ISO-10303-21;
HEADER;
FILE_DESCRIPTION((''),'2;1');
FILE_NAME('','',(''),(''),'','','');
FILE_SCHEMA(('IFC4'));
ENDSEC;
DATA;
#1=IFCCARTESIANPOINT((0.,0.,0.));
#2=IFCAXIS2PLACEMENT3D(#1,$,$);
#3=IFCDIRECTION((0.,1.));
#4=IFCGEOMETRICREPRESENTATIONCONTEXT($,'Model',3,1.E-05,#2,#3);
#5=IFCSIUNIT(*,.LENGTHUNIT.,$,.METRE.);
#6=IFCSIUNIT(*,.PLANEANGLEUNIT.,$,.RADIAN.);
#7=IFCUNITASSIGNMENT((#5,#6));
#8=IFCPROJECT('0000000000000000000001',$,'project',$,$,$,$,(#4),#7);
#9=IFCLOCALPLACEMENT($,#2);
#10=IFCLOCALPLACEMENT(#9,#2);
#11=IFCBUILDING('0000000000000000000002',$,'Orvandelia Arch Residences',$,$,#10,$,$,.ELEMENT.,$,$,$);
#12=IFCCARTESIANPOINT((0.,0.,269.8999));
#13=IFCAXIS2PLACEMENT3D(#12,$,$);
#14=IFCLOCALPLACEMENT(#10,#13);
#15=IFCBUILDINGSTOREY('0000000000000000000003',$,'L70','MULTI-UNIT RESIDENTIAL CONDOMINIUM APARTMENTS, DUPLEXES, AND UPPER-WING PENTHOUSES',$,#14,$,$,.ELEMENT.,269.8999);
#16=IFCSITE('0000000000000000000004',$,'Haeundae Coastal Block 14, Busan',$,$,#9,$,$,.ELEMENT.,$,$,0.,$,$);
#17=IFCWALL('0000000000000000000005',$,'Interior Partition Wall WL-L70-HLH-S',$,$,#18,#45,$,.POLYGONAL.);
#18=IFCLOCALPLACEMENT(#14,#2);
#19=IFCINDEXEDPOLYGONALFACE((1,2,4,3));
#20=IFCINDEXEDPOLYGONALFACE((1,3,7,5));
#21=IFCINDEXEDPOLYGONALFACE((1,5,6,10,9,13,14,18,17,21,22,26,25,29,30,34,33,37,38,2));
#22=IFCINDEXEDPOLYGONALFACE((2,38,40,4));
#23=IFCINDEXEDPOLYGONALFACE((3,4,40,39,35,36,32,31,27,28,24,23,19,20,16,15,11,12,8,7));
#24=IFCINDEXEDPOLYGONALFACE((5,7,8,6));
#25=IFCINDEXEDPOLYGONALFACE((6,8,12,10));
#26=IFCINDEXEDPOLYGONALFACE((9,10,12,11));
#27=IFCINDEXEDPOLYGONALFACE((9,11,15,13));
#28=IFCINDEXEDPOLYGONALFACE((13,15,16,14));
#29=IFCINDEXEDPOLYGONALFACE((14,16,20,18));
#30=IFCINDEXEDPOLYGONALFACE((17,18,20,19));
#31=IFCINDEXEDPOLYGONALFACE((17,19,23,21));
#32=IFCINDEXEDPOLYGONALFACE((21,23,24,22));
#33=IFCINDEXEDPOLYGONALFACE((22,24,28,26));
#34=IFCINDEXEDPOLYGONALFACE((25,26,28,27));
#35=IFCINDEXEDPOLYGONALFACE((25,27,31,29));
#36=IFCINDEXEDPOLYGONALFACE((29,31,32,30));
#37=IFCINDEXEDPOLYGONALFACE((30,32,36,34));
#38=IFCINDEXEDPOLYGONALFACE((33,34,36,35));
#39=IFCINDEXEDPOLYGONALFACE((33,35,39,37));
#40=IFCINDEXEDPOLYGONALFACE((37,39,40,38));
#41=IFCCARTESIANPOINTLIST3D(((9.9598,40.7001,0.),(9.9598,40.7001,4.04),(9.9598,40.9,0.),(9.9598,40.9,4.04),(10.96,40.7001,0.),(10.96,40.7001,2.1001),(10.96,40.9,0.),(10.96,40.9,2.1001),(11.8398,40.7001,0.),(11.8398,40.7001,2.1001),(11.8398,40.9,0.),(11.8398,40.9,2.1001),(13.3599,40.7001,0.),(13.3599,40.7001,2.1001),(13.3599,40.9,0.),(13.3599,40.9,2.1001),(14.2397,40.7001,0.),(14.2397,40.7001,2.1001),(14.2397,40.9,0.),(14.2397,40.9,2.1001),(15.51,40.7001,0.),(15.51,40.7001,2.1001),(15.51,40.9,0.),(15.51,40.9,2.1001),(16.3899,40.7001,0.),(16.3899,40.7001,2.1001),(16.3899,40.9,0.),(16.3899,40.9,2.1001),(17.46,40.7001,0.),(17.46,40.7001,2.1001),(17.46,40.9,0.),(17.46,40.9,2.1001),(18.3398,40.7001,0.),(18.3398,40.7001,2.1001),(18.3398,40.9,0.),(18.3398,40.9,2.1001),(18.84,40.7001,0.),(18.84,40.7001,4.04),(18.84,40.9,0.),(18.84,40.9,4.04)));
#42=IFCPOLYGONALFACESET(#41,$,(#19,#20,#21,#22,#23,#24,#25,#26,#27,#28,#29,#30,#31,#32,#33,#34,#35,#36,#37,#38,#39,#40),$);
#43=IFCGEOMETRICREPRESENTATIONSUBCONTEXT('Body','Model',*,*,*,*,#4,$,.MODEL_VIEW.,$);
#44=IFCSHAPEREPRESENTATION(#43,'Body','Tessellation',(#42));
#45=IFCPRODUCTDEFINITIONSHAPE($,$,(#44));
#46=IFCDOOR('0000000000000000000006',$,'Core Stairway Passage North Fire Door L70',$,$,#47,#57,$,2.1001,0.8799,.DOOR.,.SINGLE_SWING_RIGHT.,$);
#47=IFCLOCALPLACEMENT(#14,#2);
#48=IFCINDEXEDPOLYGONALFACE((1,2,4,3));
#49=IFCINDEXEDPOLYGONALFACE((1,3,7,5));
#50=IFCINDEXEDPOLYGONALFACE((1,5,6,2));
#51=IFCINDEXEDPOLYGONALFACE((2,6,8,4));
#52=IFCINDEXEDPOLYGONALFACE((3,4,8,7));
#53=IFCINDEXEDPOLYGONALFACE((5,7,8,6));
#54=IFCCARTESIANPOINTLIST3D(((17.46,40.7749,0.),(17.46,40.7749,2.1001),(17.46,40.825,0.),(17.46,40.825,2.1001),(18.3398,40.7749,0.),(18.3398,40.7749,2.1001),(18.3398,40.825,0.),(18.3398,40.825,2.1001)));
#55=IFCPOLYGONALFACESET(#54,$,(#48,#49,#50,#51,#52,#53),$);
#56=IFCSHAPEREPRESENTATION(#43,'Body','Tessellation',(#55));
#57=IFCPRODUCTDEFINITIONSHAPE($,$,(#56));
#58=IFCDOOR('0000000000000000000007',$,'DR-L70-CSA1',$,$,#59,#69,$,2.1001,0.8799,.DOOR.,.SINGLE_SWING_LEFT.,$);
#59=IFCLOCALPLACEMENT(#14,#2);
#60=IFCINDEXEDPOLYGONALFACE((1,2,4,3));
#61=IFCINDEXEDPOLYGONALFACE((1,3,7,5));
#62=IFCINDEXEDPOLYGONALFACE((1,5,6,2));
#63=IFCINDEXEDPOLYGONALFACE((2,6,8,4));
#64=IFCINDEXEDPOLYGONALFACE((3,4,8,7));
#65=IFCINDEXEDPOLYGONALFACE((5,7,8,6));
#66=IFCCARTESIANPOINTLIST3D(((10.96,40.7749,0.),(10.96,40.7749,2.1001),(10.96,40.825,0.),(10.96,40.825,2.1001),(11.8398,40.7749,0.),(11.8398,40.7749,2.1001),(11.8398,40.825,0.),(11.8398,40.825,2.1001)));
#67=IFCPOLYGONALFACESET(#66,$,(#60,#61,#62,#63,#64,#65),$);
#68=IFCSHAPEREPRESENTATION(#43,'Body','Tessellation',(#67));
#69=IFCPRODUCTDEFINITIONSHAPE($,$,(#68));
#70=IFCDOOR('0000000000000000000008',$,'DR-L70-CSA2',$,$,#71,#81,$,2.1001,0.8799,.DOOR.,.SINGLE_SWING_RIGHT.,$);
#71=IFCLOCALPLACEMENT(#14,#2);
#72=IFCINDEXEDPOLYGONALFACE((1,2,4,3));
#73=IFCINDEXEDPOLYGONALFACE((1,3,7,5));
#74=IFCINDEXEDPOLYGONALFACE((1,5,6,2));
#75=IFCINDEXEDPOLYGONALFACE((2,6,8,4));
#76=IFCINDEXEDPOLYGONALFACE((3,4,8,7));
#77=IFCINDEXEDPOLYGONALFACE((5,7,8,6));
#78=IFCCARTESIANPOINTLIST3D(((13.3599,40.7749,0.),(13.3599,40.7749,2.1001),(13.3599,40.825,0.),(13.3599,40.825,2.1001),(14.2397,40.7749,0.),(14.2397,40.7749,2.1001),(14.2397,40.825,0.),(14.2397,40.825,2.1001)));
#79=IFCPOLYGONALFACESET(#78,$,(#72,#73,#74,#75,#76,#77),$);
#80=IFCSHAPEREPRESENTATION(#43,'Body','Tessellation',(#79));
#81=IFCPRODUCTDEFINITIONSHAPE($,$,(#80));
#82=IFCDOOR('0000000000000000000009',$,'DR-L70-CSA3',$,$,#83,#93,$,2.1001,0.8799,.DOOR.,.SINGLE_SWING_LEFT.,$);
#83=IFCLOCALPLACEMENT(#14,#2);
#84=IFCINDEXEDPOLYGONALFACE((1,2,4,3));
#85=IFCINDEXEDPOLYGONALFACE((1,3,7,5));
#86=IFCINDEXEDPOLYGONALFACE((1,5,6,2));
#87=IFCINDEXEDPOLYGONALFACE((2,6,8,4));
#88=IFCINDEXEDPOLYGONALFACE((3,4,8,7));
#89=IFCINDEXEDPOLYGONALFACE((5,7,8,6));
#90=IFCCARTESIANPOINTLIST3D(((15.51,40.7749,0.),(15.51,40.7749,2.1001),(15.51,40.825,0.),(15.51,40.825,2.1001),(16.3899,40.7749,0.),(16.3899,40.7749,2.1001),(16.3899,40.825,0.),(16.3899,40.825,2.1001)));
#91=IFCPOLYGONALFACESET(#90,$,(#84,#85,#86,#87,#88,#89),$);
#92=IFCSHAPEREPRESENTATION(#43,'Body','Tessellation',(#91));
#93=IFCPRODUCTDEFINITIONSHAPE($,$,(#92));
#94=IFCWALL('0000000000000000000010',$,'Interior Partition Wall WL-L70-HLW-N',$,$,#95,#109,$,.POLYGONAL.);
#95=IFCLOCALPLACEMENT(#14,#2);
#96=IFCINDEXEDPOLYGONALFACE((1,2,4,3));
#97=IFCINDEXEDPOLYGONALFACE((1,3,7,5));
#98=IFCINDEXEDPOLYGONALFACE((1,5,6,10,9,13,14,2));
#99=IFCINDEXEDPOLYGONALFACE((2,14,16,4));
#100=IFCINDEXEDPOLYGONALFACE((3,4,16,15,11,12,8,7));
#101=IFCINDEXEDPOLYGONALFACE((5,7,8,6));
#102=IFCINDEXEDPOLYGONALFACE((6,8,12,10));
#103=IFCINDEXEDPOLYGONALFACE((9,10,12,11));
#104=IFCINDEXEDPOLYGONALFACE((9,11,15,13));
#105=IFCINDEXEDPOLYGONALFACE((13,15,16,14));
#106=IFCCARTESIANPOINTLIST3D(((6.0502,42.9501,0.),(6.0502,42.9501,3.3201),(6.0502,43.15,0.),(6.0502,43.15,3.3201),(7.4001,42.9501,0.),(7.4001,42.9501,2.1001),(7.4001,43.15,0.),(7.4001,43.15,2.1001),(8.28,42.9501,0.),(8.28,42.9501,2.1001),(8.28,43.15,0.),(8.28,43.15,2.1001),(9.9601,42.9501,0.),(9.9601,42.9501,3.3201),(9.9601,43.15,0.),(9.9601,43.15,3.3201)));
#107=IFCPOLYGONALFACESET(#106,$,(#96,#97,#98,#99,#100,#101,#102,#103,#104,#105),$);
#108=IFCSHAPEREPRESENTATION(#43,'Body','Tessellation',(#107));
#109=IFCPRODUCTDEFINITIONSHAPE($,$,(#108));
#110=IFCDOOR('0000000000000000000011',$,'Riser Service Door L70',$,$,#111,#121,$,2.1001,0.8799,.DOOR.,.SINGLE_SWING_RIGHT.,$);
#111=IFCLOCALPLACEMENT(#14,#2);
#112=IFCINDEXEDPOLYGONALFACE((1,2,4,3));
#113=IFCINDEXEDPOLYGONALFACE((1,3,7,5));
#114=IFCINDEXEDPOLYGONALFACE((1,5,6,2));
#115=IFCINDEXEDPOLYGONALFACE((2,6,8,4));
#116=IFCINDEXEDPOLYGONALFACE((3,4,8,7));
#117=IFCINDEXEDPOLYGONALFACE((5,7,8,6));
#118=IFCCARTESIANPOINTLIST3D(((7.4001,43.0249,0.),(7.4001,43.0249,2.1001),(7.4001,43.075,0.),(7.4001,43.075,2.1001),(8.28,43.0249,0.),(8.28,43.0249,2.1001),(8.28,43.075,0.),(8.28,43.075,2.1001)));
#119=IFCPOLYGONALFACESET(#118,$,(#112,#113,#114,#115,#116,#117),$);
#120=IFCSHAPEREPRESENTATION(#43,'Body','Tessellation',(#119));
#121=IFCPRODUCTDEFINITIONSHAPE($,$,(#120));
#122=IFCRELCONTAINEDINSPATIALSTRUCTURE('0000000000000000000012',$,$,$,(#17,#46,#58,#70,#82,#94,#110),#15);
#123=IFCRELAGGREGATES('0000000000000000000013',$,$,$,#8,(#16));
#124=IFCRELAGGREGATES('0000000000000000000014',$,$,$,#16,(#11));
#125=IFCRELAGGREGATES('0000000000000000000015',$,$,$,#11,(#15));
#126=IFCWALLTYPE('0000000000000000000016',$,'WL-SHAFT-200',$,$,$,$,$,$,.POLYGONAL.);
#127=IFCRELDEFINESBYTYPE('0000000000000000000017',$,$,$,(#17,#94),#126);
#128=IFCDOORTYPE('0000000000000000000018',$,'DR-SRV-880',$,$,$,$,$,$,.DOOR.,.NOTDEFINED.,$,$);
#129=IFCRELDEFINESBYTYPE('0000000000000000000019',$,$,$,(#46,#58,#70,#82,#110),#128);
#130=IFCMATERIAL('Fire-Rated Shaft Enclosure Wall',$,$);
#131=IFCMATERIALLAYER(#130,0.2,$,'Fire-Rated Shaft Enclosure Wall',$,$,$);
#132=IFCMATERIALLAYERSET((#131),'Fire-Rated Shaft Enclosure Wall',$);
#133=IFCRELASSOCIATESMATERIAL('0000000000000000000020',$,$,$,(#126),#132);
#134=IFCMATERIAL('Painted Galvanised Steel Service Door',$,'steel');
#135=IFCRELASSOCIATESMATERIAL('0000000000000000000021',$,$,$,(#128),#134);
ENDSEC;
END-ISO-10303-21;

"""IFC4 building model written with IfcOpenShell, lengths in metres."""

from ifc_helpers import new_model, si_unit, direction, frame, frame_2d, origin, place, context, subcontext, project, spatial, rectangle, extrude, material, layer, layer_set, type_object, element, fill, save


model = new_model("IFC4")

# Units and contexts
model_context = context("Model", 3, precision=1e-05, world=origin(), true_north=direction((0.0, 1.0)))
body_context = subcontext(model_context, "Body", "Model", "MODEL_VIEW")
ifc_project = project(units=[si_unit("LENGTHUNIT", "METRE"), si_unit("PLANEANGLEUNIT", "RADIAN")], contexts=[model_context])

# Site, building, storey
site_placement = place(None, origin())
site = spatial("IfcSite", under=ifc_project, at=site_placement, Name="Haeundae Coastal Block 14, Busan", CompositionType="ELEMENT", RefElevation=0.0)
building_placement = place(site_placement, origin())
building = spatial("IfcBuilding", under=site, at=building_placement, Name="Orvandelia Arch Residences", CompositionType="ELEMENT")
storey_placement = place(building_placement, frame((0.0, 0.0, 269.8999)))
storey = spatial("IfcBuildingStorey", under=building, at=storey_placement, Name="L70", Description="MULTI-UNIT RESIDENTIAL CONDOMINIUM APARTMENTS, DUPLEXES, AND UPPER-WING PENTHOUSES", CompositionType="ELEMENT", Elevation=269.8999)

# Wall, openings, doors
ifc_material_1 = material(Name="Fire-Rated Shaft Enclosure Wall")
ifc_layer_1 = layer(ifc_material_1, 0.2, Name="Fire-Rated Shaft Enclosure Wall")
ifc_layer_set_1 = layer_set([ifc_layer_1], Name="Fire-Rated Shaft Enclosure Wall")
wall_type_1 = type_object("IfcWallType", Name="WL-SHAFT-200", PredefinedType="POLYGONAL", material=ifc_layer_set_1)
wall_1_placement = place(storey_placement, frame((9.96, 40.8, 0.0), z_axis=(0.0, 0.0, 1.0), x_axis=(1.0, 0.0, 0.0)))
wall_1 = element("IfcWall", 1, at=wall_1_placement, inside=storey, type_object=wall_type_1, Name="Interior Partition Wall WL-L70-HLH-S", PredefinedType="POLYGONAL", context=body_context, shape_type="SweptSolid", body=[
    extrude(rectangle(XDim=8.8801, YDim=0.2, at=frame_2d((4.4399, 0.0))), origin(), (0.0, 0.0, 1.0), 4.04),
])
opening_1_placement = place(wall_1_placement, frame((7.5, 0.0, 0.0)))
opening_1 = element("IfcOpeningElement", 2, at=opening_1_placement, cuts=wall_1, PredefinedType="OPENING", context=body_context, shape_type="SweptSolid", body=[
    extrude(rectangle(XDim=0.8799, YDim=2.1001, at=frame_2d((0.4399, 1.05))), frame((0.0, 0.1099, 0.0), z_axis=(0.0, -1.0, 0.0), x_axis=(1.0, 0.0, 0.0)), (0.0, 0.0, 1.0), 0.22),
])
opening_2_placement = place(wall_1_placement, frame((1.0, 0.0, 0.0)))
opening_2 = element("IfcOpeningElement", 3, at=opening_2_placement, cuts=wall_1, PredefinedType="OPENING", context=body_context, shape_type="SweptSolid", body=[
    extrude(rectangle(XDim=0.8799, YDim=2.1001, at=frame_2d((0.4399, 1.05))), frame((0.0, 0.1099, 0.0), z_axis=(0.0, -1.0, 0.0), x_axis=(1.0, 0.0, 0.0)), (0.0, 0.0, 1.0), 0.22),
])
opening_3_placement = place(wall_1_placement, frame((3.3999, 0.0, 0.0)))
opening_3 = element("IfcOpeningElement", 4, at=opening_3_placement, cuts=wall_1, PredefinedType="OPENING", context=body_context, shape_type="SweptSolid", body=[
    extrude(rectangle(XDim=0.8799, YDim=2.1001, at=frame_2d((0.4399, 1.05))), frame((0.0, 0.1099, 0.0), z_axis=(0.0, -1.0, 0.0), x_axis=(1.0, 0.0, 0.0)), (0.0, 0.0, 1.0), 0.22),
])
opening_4_placement = place(wall_1_placement, frame((5.55, 0.0, 0.0)))
opening_4 = element("IfcOpeningElement", 5, at=opening_4_placement, cuts=wall_1, PredefinedType="OPENING", context=body_context, shape_type="SweptSolid", body=[
    extrude(rectangle(XDim=0.8799, YDim=2.1001, at=frame_2d((0.4399, 1.05))), frame((0.0, 0.1099, 0.0), z_axis=(0.0, -1.0, 0.0), x_axis=(1.0, 0.0, 0.0)), (0.0, 0.0, 1.0), 0.22),
])
ifc_material_2 = material(Name="Painted Galvanised Steel Service Door", Category="steel")
door_type_1 = type_object("IfcDoorType", Name="DR-SRV-880", OperationType="NOTDEFINED", PredefinedType="DOOR", material=ifc_material_2)
door_1_placement = place(opening_1_placement, origin())
door_1 = element("IfcDoor", 6, at=door_1_placement, inside=storey, type_object=door_type_1, Name="Core Stairway Passage North Fire Door L70", OperationType="SINGLE_SWING_RIGHT", OverallHeight=2.1001, OverallWidth=0.8799, PredefinedType="DOOR", context=body_context, shape_type="SweptSolid", body=[
    extrude(rectangle(XDim=0.8799, YDim=2.1001, at=frame_2d((0.4399, 1.05))), frame((0.0, 0.0249, 0.0), z_axis=(0.0, -1.0, 0.0), x_axis=(1.0, 0.0, 0.0)), (0.0, 0.0, 1.0), 0.05),
])
fill(opening_1, door_1)
door_2_placement = place(opening_2_placement, origin())
door_2 = element("IfcDoor", 7, at=door_2_placement, inside=storey, type_object=door_type_1, Name="DR-L70-CSA1", OperationType="SINGLE_SWING_LEFT", OverallHeight=2.1001, OverallWidth=0.8799, PredefinedType="DOOR", context=body_context, shape_type="SweptSolid", body=[
    extrude(rectangle(XDim=0.8799, YDim=2.1001, at=frame_2d((0.4399, 1.05))), frame((0.0, 0.0249, 0.0), z_axis=(0.0, -1.0, 0.0), x_axis=(1.0, 0.0, 0.0)), (0.0, 0.0, 1.0), 0.05),
])
fill(opening_2, door_2)
door_3_placement = place(opening_3_placement, origin())
door_3 = element("IfcDoor", 8, at=door_3_placement, inside=storey, type_object=door_type_1, Name="DR-L70-CSA2", OperationType="SINGLE_SWING_RIGHT", OverallHeight=2.1001, OverallWidth=0.8799, PredefinedType="DOOR", context=body_context, shape_type="SweptSolid", body=[
    extrude(rectangle(XDim=0.8799, YDim=2.1001, at=frame_2d((0.4399, 1.05))), frame((0.0, 0.0249, 0.0), z_axis=(0.0, -1.0, 0.0), x_axis=(1.0, 0.0, 0.0)), (0.0, 0.0, 1.0), 0.05),
])
fill(opening_3, door_3)
door_4_placement = place(opening_4_placement, origin())
door_4 = element("IfcDoor", 9, at=door_4_placement, inside=storey, type_object=door_type_1, Name="DR-L70-CSA3", OperationType="SINGLE_SWING_LEFT", OverallHeight=2.1001, OverallWidth=0.8799, PredefinedType="DOOR", context=body_context, shape_type="SweptSolid", body=[
    extrude(rectangle(XDim=0.8799, YDim=2.1001, at=frame_2d((0.4399, 1.05))), frame((0.0, 0.0249, 0.0), z_axis=(0.0, -1.0, 0.0), x_axis=(1.0, 0.0, 0.0)), (0.0, 0.0, 1.0), 0.05),
])
fill(opening_4, door_4)

# Wall, opening, door
wall_2_placement = place(storey_placement, frame((6.05, 43.05, 0.0), z_axis=(0.0, 0.0, 1.0), x_axis=(1.0, 0.0, 0.0)))
wall_2 = element("IfcWall", 10, at=wall_2_placement, inside=storey, type_object=wall_type_1, Name="Interior Partition Wall WL-L70-HLW-N", PredefinedType="POLYGONAL", context=body_context, shape_type="SweptSolid", body=[
    extrude(rectangle(XDim=3.9099, YDim=0.2, at=frame_2d((1.9551, 0.0))), origin(), (0.0, 0.0, 1.0), 3.3201),
])
opening_5_placement = place(wall_2_placement, frame((1.3501, 0.0, 0.0)))
opening_5 = element("IfcOpeningElement", 11, at=opening_5_placement, cuts=wall_2, PredefinedType="OPENING", context=body_context, shape_type="SweptSolid", body=[
    extrude(rectangle(XDim=0.8799, YDim=2.1001, at=frame_2d((0.4399, 1.05))), frame((0.0, 0.1099, 0.0), z_axis=(0.0, -1.0, 0.0), x_axis=(1.0, 0.0, 0.0)), (0.0, 0.0, 1.0), 0.22),
])
door_5_placement = place(opening_5_placement, origin())
door_5 = element("IfcDoor", 12, at=door_5_placement, inside=storey, type_object=door_type_1, Name="Riser Service Door L70", OperationType="SINGLE_SWING_RIGHT", OverallHeight=2.1001, OverallWidth=0.8799, PredefinedType="DOOR", context=body_context, shape_type="SweptSolid", body=[
    extrude(rectangle(XDim=0.8799, YDim=2.1001, at=frame_2d((0.4399, 1.05))), frame((0.0, 0.0249, 0.0), z_axis=(0.0, -1.0, 0.0), x_axis=(1.0, 0.0, 0.0)), (0.0, 0.0, 1.0), 0.05),
])
fill(opening_5, door_5)

save(model, "model.ifc")
